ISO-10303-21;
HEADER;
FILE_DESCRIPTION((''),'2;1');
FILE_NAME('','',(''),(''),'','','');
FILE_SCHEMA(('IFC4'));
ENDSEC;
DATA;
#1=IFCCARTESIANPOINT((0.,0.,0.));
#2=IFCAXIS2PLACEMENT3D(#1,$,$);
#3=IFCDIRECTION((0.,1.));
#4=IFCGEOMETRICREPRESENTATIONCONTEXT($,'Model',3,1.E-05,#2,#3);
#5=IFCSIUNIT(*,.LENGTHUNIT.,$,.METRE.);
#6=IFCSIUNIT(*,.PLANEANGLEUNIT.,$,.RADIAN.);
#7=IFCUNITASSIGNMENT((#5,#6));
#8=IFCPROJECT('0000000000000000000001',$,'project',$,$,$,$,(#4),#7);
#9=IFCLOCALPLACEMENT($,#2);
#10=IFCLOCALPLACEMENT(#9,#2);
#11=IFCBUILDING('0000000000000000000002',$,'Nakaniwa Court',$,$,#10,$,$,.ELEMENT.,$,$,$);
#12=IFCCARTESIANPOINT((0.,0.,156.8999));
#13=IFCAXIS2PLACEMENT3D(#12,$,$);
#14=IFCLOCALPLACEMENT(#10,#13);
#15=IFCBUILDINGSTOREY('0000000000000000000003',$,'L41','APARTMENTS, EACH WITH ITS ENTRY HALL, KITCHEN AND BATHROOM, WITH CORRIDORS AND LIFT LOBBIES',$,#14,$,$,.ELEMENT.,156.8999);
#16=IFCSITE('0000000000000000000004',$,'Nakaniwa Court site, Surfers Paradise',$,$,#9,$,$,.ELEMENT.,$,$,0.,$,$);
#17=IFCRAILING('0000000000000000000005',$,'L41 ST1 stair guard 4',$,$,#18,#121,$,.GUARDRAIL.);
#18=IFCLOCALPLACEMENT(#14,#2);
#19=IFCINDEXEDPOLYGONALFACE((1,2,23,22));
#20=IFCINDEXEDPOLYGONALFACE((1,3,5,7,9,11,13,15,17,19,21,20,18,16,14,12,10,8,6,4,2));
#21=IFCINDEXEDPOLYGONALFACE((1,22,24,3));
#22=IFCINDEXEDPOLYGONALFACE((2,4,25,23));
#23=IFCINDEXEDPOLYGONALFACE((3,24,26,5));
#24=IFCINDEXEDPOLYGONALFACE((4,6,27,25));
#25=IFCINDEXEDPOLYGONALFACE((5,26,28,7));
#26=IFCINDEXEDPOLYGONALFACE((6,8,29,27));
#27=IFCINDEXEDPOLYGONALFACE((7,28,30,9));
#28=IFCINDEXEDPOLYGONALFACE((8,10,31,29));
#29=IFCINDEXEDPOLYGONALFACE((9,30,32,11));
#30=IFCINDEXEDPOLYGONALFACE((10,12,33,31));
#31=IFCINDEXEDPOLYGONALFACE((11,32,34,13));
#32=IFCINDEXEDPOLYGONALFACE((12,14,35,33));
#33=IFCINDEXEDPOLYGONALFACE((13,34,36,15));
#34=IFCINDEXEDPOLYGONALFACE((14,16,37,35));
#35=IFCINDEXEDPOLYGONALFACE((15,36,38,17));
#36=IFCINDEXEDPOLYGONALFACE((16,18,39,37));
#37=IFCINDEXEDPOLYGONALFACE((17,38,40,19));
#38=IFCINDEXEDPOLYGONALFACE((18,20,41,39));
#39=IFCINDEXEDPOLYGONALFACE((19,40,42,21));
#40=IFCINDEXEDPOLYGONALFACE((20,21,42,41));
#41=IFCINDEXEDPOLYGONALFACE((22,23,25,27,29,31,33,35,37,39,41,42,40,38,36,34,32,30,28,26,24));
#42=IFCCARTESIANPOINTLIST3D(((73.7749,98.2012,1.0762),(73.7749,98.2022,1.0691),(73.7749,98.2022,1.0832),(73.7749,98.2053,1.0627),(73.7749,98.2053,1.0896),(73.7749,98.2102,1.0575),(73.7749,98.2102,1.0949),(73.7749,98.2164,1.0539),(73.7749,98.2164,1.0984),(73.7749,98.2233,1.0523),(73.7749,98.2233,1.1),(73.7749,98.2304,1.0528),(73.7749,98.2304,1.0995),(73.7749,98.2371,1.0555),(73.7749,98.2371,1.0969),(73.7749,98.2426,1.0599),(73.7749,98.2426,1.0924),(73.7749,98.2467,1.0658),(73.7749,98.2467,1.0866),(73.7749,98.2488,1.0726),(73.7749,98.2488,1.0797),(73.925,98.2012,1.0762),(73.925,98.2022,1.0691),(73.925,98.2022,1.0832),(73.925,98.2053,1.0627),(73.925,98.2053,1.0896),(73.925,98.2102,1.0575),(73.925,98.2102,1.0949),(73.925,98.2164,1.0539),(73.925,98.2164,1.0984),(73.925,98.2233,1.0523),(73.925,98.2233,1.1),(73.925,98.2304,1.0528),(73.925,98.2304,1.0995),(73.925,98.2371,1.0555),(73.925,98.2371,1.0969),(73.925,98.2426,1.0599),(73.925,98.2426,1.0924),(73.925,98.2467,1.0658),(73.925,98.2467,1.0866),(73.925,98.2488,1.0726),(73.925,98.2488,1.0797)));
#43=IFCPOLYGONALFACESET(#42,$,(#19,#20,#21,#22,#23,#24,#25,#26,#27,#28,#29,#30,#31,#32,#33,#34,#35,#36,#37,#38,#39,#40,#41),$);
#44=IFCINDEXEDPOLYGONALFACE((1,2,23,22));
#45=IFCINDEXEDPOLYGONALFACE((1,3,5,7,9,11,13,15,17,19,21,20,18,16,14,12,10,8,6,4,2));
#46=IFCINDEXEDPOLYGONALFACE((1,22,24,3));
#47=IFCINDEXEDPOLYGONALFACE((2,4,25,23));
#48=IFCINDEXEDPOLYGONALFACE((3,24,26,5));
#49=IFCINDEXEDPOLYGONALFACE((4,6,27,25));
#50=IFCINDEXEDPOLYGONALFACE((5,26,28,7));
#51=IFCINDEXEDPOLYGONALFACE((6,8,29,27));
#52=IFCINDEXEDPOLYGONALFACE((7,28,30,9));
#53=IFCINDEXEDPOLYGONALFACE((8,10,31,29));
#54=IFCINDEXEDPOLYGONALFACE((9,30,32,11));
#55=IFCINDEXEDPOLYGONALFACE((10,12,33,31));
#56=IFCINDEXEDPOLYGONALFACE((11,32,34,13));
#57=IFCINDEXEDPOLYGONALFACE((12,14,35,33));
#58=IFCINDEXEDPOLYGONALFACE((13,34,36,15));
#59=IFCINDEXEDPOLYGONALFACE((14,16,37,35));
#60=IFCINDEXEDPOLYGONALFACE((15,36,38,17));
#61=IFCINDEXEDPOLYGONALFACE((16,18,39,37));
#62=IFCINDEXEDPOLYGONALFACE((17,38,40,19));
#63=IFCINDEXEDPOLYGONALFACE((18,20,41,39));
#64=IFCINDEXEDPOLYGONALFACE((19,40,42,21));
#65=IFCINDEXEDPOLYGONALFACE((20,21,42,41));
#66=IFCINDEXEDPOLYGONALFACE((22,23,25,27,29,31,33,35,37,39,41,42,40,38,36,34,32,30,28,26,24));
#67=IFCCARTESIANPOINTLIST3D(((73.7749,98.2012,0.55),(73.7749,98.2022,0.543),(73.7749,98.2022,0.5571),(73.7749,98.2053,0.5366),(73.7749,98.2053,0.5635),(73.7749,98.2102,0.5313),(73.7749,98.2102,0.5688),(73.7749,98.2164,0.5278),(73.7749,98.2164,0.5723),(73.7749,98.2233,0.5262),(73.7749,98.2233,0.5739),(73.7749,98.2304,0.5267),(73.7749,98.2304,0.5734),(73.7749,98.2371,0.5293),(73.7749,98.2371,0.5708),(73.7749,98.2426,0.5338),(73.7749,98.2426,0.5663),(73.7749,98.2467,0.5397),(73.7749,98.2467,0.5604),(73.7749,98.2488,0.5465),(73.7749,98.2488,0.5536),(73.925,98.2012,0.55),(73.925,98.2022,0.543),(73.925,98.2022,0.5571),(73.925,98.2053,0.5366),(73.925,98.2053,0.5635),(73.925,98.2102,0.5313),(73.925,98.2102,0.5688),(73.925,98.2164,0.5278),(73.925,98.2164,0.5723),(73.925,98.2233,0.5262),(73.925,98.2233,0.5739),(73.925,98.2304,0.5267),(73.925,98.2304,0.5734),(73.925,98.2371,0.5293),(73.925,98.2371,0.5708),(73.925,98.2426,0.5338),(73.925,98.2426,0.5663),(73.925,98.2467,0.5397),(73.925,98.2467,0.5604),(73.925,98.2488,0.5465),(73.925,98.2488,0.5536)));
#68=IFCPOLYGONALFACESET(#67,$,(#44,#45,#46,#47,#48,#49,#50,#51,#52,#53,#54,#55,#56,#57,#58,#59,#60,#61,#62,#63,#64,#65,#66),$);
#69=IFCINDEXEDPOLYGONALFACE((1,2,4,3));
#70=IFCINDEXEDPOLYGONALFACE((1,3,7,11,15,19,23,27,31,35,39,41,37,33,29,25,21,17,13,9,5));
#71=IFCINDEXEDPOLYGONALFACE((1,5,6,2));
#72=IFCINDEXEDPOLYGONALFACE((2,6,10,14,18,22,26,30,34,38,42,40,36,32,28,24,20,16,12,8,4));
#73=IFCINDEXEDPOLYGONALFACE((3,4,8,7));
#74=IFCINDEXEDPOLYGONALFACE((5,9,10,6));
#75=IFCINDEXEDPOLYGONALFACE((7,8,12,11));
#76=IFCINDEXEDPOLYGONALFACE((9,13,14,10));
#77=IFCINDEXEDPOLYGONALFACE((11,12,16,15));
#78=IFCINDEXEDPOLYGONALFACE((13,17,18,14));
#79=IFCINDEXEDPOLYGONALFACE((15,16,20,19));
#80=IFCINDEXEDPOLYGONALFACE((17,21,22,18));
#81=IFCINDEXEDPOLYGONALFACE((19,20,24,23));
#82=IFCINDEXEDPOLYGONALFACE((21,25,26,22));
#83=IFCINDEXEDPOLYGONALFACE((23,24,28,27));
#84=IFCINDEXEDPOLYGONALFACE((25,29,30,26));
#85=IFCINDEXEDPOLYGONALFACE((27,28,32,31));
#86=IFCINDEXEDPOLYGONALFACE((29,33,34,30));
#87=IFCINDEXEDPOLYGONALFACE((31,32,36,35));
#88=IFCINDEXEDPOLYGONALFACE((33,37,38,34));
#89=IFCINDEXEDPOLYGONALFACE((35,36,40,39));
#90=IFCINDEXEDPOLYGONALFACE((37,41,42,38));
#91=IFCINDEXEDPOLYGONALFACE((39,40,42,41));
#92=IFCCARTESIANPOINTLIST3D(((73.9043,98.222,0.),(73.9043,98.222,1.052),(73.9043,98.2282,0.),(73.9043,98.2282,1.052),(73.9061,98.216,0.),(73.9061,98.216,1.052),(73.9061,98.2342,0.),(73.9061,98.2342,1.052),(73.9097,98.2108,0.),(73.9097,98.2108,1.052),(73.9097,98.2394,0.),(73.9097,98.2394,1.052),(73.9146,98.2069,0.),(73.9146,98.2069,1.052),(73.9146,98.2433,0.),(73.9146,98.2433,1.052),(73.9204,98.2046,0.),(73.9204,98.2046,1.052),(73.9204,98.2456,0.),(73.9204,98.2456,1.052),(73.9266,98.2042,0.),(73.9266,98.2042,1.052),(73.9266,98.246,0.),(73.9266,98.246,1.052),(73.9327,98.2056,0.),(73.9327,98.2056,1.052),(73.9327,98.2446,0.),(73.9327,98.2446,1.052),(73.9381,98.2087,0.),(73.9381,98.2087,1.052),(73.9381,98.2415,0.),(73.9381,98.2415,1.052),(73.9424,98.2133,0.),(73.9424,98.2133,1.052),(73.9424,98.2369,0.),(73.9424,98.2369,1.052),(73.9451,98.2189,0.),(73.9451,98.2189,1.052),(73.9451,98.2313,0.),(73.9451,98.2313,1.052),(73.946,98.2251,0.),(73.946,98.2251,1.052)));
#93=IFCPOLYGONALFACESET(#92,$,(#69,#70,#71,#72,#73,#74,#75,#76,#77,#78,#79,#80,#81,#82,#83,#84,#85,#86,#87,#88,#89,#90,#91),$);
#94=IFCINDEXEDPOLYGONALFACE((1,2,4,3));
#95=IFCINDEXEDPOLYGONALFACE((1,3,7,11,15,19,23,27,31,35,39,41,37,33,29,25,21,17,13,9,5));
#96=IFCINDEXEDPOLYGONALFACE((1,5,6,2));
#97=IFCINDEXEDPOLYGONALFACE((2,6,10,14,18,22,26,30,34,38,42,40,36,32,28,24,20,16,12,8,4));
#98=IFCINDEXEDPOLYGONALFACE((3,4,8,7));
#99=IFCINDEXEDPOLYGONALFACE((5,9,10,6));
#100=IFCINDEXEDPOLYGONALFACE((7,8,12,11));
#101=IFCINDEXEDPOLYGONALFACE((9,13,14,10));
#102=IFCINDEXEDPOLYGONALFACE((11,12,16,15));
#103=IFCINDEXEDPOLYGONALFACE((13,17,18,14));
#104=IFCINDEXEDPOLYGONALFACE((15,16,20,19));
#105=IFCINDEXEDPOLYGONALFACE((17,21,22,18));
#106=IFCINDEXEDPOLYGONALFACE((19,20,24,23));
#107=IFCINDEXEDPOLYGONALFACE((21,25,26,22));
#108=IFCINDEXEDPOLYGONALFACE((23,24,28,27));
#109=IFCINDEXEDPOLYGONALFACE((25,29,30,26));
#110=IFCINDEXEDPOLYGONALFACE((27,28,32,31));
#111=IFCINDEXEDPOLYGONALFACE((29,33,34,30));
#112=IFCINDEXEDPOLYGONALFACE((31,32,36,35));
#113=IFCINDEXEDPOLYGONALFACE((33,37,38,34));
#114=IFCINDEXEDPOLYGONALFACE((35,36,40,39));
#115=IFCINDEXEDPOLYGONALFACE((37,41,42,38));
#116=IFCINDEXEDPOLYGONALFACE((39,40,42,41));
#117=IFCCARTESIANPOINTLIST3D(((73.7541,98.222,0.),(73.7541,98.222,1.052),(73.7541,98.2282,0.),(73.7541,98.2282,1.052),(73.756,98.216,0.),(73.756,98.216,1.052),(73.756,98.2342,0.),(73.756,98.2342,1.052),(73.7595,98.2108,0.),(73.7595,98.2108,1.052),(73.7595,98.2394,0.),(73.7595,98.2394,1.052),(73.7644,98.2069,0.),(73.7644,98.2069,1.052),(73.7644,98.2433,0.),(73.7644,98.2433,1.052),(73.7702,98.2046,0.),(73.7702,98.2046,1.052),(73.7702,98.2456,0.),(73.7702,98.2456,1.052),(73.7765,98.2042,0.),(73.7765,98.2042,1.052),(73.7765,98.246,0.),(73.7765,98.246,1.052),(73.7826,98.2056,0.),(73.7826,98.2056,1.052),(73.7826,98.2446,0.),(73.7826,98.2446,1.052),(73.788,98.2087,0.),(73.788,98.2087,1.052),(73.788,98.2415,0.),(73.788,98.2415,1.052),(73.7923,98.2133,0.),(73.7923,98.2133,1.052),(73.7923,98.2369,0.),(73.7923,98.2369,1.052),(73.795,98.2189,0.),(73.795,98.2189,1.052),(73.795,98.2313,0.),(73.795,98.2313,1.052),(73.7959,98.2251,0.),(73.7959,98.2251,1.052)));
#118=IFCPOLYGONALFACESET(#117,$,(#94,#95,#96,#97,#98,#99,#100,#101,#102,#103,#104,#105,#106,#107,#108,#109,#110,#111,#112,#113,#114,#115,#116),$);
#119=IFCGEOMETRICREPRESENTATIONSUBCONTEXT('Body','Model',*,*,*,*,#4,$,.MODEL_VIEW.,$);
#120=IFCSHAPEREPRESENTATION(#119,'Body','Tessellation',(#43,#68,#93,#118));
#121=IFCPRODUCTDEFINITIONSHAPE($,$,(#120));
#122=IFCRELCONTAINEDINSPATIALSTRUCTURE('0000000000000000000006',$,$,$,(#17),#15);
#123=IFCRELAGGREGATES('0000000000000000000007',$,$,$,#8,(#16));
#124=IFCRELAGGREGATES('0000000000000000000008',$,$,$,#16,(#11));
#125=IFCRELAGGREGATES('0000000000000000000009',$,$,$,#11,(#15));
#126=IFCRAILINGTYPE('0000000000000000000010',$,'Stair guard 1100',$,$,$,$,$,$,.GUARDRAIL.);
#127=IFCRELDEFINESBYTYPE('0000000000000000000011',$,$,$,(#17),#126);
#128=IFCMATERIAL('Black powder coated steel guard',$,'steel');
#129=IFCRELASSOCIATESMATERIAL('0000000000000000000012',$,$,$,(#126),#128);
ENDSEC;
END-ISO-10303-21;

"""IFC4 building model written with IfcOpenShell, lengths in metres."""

from ifc_helpers import new_model, si_unit, direction, frame, origin, origin_2d, place, context, subcontext, project, spatial, circle, extrude, material, type_object, element, save


model = new_model("IFC4")

# Units and contexts
model_context = context("Model", 3, precision=1e-05, world=origin(), true_north=direction((0.0, 1.0)))
body_context = subcontext(model_context, "Body", "Model", "MODEL_VIEW")
ifc_project = project(units=[si_unit("LENGTHUNIT", "METRE"), si_unit("PLANEANGLEUNIT", "RADIAN")], contexts=[model_context])

# Site, building, storey
site_placement = place(None, origin())
site = spatial("IfcSite", under=ifc_project, at=site_placement, Name="Nakaniwa Court site, Surfers Paradise", CompositionType="ELEMENT", RefElevation=0.0)
building_placement = place(site_placement, origin())
building = spatial("IfcBuilding", under=site, at=building_placement, Name="Nakaniwa Court", CompositionType="ELEMENT")
storey_placement = place(building_placement, frame((0.0, 0.0, 156.8999)))
storey = spatial("IfcBuildingStorey", under=building, at=storey_placement, Name="L41", Description="APARTMENTS, EACH WITH ITS ENTRY HALL, KITCHEN AND BATHROOM, WITH CORRIDORS AND LIFT LOBBIES", CompositionType="ELEMENT", Elevation=156.8999)

# Railing
ifc_material_1 = material(Name="Black powder coated steel guard", Category="steel")
railing_type_1 = type_object("IfcRailingType", Name="Stair guard 1100", PredefinedType="GUARDRAIL", material=ifc_material_1)
railing_1_placement = place(storey_placement, frame((73.925, 98.2251, 0.0)))
element("IfcRailing", 1, at=railing_1_placement, inside=storey, type_object=railing_type_1, Name="L41 ST1 stair guard 4", PredefinedType="GUARDRAIL", context=body_context, shape_type="SweptSolid", body=[
    extrude(circle(Radius=0.0239, at=origin_2d()), frame((0.0, 0.0, 1.0762), z_axis=(-1.0, 0.0, 0.0), x_axis=(0.0, -1.0, 0.0)), (0.0, 0.0, 1.0), 0.1501),
    extrude(circle(Radius=0.0239, at=origin_2d()), frame((0.0, 0.0, 0.55), z_axis=(-1.0, 0.0, 0.0), x_axis=(0.0, -1.0, 0.0)), (0.0, 0.0, 1.0), 0.1501),
    extrude(circle(Radius=0.021, at=origin_2d()), origin(), (0.0, 0.0, 1.0), 1.052),
    extrude(circle(Radius=0.021, at=origin_2d()), frame((-0.1501, 0.0, 0.0)), (0.0, 0.0, 1.0), 1.052),
])

save(model, "model.ifc")
